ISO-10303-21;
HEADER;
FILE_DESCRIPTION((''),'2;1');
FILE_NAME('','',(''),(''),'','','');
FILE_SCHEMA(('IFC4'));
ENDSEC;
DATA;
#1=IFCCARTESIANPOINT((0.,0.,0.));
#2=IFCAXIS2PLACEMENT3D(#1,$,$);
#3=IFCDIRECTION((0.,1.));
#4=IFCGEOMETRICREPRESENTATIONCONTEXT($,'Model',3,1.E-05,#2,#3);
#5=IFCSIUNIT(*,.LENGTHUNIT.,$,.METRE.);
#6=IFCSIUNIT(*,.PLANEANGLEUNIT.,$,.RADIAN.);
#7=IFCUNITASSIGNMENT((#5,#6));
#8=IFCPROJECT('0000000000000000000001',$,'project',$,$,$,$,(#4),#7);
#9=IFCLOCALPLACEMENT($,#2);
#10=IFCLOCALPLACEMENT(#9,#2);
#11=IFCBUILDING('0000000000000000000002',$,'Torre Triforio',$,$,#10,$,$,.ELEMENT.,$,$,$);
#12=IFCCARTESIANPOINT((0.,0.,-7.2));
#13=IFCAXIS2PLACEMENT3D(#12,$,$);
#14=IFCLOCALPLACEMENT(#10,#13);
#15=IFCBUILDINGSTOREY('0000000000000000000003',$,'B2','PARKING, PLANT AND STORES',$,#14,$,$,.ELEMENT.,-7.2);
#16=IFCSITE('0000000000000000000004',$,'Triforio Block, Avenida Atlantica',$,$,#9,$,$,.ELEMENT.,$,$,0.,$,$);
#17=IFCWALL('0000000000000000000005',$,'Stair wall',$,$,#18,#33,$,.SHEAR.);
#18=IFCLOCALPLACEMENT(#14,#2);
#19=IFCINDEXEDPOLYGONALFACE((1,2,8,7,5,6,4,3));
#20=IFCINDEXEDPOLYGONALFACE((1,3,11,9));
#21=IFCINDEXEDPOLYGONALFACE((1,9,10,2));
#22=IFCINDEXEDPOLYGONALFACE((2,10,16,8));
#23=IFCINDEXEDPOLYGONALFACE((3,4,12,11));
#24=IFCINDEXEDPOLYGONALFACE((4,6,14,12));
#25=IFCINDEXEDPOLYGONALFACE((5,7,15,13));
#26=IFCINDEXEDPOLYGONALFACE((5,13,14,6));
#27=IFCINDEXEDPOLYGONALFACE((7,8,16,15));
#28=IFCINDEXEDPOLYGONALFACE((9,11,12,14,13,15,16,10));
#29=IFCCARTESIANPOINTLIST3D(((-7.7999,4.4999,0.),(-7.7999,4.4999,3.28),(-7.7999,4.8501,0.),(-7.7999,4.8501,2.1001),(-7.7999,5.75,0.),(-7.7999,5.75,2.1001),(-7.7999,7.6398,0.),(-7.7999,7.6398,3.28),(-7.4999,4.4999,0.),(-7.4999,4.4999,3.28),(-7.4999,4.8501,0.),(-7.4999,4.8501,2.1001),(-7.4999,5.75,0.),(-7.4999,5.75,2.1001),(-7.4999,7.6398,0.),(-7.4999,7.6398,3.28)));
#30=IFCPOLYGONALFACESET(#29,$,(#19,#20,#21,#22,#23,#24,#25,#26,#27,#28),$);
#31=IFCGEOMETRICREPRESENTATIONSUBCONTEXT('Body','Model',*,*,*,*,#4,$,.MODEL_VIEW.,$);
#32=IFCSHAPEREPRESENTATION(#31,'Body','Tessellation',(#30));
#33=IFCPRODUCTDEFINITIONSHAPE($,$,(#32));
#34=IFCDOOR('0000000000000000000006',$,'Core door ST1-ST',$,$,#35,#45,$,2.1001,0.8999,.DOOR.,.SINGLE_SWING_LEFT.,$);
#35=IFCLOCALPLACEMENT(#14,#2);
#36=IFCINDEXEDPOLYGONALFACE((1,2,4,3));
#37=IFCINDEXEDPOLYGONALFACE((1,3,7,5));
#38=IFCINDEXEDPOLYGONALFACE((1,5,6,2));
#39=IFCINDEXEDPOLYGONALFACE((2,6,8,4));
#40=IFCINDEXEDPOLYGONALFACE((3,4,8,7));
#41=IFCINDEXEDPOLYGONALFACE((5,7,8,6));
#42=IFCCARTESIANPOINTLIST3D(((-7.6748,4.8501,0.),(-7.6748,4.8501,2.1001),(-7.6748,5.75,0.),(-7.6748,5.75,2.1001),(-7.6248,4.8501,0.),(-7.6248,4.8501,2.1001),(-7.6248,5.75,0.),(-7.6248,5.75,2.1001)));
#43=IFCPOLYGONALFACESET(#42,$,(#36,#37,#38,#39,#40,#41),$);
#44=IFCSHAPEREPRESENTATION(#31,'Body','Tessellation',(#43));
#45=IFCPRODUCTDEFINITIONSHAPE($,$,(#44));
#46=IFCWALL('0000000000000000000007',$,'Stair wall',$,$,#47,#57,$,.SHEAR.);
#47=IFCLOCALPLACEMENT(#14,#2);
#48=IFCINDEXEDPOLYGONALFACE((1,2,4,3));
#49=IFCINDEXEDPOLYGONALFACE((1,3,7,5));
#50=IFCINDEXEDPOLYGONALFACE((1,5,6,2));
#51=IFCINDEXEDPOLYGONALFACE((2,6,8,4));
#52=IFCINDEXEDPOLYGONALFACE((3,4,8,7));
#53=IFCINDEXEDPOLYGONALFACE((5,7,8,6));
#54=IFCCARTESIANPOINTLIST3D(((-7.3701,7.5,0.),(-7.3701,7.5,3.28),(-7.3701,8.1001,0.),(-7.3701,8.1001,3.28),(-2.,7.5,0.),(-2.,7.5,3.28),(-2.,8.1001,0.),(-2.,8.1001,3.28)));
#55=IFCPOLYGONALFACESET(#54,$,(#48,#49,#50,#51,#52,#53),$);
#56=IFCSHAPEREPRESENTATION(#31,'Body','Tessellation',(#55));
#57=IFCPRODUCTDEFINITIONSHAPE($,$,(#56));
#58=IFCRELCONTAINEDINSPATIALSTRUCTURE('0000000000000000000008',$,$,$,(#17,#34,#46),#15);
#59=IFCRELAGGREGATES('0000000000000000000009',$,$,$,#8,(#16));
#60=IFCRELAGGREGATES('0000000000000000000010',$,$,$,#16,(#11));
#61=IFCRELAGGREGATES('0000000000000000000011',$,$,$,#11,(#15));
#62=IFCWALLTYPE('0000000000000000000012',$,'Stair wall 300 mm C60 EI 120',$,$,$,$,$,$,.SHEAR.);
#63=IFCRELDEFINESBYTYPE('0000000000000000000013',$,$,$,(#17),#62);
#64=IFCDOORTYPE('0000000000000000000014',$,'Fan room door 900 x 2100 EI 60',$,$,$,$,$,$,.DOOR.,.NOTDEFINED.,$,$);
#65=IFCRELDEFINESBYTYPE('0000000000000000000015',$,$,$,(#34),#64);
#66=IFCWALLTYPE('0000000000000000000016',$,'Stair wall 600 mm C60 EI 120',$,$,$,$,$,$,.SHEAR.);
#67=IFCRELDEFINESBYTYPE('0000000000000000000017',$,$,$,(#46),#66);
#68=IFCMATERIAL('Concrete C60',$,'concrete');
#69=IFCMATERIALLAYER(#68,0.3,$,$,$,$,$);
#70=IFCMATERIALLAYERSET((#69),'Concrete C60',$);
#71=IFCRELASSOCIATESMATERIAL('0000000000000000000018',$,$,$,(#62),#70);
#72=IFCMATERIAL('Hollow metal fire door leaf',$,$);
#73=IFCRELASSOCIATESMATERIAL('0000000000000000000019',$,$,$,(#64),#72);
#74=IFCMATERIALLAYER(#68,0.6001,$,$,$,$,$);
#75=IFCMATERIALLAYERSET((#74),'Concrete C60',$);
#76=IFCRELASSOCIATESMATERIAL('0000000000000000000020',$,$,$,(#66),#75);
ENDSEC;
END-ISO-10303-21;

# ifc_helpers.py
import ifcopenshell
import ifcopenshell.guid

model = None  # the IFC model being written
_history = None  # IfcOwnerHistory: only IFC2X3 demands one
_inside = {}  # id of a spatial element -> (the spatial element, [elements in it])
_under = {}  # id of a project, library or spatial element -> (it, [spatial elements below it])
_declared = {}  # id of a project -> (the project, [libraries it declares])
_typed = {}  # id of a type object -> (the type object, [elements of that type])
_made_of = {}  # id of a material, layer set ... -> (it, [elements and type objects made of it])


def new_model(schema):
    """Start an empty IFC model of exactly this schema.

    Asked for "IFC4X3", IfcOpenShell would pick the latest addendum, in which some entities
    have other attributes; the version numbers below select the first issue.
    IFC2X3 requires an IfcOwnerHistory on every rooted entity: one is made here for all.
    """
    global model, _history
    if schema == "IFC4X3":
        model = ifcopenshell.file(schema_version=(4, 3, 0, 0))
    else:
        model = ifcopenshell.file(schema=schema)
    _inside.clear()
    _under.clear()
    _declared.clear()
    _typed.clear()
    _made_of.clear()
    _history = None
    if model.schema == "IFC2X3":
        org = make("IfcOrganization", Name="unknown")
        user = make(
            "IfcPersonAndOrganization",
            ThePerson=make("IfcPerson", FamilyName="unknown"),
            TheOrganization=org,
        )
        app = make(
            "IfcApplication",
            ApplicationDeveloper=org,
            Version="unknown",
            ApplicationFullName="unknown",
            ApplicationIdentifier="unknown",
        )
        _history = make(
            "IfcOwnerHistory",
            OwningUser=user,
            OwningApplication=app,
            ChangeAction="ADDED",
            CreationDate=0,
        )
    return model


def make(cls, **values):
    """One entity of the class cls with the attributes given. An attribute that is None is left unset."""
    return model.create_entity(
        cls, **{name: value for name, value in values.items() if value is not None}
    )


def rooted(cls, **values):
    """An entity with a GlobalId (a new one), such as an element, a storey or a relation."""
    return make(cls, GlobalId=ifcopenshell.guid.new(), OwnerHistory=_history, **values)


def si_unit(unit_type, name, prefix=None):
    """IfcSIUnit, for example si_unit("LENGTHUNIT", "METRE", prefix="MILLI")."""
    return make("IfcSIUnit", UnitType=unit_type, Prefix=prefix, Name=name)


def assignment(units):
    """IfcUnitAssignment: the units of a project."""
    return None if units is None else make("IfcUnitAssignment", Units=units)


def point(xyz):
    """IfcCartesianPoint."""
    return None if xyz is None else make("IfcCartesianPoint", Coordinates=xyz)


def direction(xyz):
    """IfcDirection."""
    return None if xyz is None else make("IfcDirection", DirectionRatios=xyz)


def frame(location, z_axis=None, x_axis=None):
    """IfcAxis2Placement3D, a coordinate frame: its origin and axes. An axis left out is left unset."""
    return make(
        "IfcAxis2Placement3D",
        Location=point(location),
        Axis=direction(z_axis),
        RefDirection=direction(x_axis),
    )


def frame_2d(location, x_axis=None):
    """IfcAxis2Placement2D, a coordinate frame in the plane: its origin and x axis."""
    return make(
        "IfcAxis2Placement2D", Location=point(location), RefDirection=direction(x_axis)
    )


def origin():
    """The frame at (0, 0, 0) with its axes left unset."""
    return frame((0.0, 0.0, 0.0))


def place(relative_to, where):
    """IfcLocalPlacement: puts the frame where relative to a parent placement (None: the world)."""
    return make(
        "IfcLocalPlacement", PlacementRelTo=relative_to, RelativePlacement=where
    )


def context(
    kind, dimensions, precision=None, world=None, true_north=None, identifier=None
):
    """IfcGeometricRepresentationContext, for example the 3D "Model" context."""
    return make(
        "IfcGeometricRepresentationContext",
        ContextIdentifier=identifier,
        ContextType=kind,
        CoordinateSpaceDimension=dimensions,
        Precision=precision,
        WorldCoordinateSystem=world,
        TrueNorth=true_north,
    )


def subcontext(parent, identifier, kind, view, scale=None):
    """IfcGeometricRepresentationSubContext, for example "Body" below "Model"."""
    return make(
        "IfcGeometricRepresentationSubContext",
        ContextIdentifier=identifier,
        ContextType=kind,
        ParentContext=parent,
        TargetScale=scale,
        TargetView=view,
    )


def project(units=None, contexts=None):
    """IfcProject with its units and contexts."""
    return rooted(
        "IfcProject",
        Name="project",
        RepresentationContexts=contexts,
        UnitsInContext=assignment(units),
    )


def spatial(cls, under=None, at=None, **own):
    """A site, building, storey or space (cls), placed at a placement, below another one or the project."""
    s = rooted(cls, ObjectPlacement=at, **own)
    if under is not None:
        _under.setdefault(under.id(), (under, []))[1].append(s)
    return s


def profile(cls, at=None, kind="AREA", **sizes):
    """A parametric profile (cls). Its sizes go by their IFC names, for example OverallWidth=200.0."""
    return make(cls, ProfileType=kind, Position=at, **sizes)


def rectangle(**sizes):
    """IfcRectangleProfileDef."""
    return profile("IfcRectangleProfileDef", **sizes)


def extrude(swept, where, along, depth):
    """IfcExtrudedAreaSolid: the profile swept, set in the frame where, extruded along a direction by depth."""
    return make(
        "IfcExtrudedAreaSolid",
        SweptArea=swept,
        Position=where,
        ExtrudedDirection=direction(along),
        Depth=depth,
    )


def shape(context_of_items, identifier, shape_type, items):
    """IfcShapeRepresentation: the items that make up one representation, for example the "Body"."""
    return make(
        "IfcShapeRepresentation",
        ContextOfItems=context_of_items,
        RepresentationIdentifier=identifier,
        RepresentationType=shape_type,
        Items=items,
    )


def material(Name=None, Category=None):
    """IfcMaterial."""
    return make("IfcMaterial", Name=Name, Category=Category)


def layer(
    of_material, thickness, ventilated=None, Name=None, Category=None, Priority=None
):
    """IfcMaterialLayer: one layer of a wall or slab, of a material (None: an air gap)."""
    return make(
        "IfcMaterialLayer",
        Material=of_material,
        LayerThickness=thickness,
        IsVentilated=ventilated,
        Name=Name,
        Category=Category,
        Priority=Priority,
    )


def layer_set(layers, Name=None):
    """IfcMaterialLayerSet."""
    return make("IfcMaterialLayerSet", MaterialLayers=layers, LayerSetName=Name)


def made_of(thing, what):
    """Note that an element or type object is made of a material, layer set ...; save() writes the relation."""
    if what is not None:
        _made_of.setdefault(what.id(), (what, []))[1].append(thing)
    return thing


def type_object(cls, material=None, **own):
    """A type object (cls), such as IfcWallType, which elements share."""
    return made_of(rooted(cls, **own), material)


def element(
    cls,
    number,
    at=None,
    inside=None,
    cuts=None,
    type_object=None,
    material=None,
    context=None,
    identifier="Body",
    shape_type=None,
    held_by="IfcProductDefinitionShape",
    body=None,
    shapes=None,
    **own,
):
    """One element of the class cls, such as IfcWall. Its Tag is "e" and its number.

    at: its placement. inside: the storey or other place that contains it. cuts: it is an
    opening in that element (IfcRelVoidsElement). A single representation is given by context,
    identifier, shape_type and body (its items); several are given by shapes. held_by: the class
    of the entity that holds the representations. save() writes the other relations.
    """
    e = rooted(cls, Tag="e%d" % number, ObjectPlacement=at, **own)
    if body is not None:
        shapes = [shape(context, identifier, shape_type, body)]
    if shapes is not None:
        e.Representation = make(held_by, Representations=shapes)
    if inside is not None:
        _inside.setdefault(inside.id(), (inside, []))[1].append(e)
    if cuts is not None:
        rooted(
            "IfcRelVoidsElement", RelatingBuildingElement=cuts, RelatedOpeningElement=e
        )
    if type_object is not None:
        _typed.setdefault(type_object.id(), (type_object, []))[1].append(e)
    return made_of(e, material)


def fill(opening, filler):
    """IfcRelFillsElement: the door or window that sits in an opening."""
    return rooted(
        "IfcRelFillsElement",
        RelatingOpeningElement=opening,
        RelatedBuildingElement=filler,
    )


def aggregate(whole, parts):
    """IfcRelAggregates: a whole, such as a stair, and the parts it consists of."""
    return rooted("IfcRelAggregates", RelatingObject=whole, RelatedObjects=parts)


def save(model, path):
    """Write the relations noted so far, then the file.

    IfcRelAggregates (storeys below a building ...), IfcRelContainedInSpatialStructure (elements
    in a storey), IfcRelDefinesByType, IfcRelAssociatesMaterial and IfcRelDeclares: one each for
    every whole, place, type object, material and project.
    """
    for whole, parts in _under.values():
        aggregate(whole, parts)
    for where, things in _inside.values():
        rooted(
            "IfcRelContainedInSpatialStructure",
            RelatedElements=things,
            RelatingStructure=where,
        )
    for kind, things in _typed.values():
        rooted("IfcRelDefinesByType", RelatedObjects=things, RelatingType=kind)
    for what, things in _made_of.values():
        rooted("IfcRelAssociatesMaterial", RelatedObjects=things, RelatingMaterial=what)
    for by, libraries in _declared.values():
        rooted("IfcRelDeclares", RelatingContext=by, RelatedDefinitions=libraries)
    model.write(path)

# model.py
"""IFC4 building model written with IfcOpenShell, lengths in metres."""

from ifc_helpers import new_model, si_unit, direction, frame, frame_2d, origin, place, context, subcontext, project, spatial, rectangle, extrude, material, layer, layer_set, type_object, element, fill, save


model = new_model("IFC4")

# Units and contexts
model_context = context("Model", 3, precision=1e-05, world=origin(), true_north=direction((0.0, 1.0)))
body_context = subcontext(model_context, "Body", "Model", "MODEL_VIEW")
ifc_project = project(units=[si_unit("LENGTHUNIT", "METRE"), si_unit("PLANEANGLEUNIT", "RADIAN")], contexts=[model_context])

# Site, building, storey
site_placement = place(None, origin())
site = spatial("IfcSite", under=ifc_project, at=site_placement, Name="Triforio Block, Avenida Atlantica", CompositionType="ELEMENT", RefElevation=0.0)
building_placement = place(site_placement, origin())
building = spatial("IfcBuilding", under=site, at=building_placement, Name="Torre Triforio", CompositionType="ELEMENT")
storey_placement = place(building_placement, frame((0.0, 0.0, -7.2)))
storey = spatial("IfcBuildingStorey", under=building, at=storey_placement, Name="B2", Description="PARKING, PLANT AND STORES", CompositionType="ELEMENT", Elevation=-7.2)

# Shared definitions
ifc_material_1 = material(Name="Concrete C60", Category="concrete")

# Shared definitions
ifc_material_2 = material(Name="Hollow metal fire door leaf")

# Wall, opening, door
ifc_layer_1 = layer(ifc_material_1, 0.3)
ifc_layer_set_1 = layer_set([ifc_layer_1], Name="Concrete C60")
wall_type_1 = type_object("IfcWallType", Name="Stair wall 300 mm C60 EI 120", PredefinedType="SHEAR", material=ifc_layer_set_1)
wall_1_placement = place(storey_placement, frame((-7.6499, 4.5, 0.0), z_axis=(0.0, 0.0, 1.0), x_axis=(0.0, 1.0, 0.0)))
wall_1 = element("IfcWall", 1, at=wall_1_placement, inside=storey, type_object=wall_type_1, Name="Stair wall", PredefinedType="SHEAR", context=body_context, shape_type="SweptSolid", body=[
    extrude(rectangle(XDim=3.1399, YDim=0.3, at=frame_2d((1.5698, 0.0))), origin(), (0.0, 0.0, 1.0), 3.28),
])
opening_1_placement = place(wall_1_placement, frame((0.3501, 0.0, 0.0)))
opening_1 = element("IfcOpeningElement", 2, at=opening_1_placement, cuts=wall_1, PredefinedType="OPENING", context=body_context, shape_type="SweptSolid", body=[
    extrude(rectangle(XDim=0.8999, YDim=2.1001, at=frame_2d((0.45, 1.05))), frame((0.0, 0.1599, 0.0), z_axis=(0.0, -1.0, 0.0), x_axis=(1.0, 0.0, 0.0)), (0.0, 0.0, 1.0), 0.3201),
])
door_type_1 = type_object("IfcDoorType", Name="Fan room door 900 x 2100 EI 60", OperationType="NOTDEFINED", PredefinedType="DOOR", material=ifc_material_2)
door_1_placement = place(opening_1_placement, origin())
door_1 = element("IfcDoor", 3, at=door_1_placement, inside=storey, type_object=door_type_1, Name="Core door ST1-ST", OperationType="SINGLE_SWING_LEFT", OverallHeight=2.1001, OverallWidth=0.8999, PredefinedType="DOOR", context=body_context, shape_type="SweptSolid", body=[
    extrude(rectangle(XDim=0.8999, YDim=2.1001, at=frame_2d((0.45, 1.05))), frame((0.0, 0.0249, 0.0), z_axis=(0.0, -1.0, 0.0), x_axis=(1.0, 0.0, 0.0)), (0.0, 0.0, 1.0), 0.05),
])
fill(opening_1, door_1)

# Wall
ifc_layer_2 = layer(ifc_material_1, 0.6001)
ifc_layer_set_2 = layer_set([ifc_layer_2], Name="Concrete C60")
wall_type_2 = type_object("IfcWallType", Name="Stair wall 600 mm C60 EI 120", PredefinedType="SHEAR", material=ifc_layer_set_2)
wall_2_placement = place(storey_placement, frame((-7.3701, 7.8, 0.0), z_axis=(0.0, 0.0, 1.0), x_axis=(1.0, 0.0, 0.0)))
element("IfcWall", 4, at=wall_2_placement, inside=storey, type_object=wall_type_2, Name="Stair wall", PredefinedType="SHEAR", context=body_context, shape_type="SweptSolid", body=[
    extrude(rectangle(XDim=5.3701, YDim=0.6001, at=frame_2d((2.6851, 0.0))), origin(), (0.0, 0.0, 1.0), 3.28),
])

save(model, "model.ifc")
